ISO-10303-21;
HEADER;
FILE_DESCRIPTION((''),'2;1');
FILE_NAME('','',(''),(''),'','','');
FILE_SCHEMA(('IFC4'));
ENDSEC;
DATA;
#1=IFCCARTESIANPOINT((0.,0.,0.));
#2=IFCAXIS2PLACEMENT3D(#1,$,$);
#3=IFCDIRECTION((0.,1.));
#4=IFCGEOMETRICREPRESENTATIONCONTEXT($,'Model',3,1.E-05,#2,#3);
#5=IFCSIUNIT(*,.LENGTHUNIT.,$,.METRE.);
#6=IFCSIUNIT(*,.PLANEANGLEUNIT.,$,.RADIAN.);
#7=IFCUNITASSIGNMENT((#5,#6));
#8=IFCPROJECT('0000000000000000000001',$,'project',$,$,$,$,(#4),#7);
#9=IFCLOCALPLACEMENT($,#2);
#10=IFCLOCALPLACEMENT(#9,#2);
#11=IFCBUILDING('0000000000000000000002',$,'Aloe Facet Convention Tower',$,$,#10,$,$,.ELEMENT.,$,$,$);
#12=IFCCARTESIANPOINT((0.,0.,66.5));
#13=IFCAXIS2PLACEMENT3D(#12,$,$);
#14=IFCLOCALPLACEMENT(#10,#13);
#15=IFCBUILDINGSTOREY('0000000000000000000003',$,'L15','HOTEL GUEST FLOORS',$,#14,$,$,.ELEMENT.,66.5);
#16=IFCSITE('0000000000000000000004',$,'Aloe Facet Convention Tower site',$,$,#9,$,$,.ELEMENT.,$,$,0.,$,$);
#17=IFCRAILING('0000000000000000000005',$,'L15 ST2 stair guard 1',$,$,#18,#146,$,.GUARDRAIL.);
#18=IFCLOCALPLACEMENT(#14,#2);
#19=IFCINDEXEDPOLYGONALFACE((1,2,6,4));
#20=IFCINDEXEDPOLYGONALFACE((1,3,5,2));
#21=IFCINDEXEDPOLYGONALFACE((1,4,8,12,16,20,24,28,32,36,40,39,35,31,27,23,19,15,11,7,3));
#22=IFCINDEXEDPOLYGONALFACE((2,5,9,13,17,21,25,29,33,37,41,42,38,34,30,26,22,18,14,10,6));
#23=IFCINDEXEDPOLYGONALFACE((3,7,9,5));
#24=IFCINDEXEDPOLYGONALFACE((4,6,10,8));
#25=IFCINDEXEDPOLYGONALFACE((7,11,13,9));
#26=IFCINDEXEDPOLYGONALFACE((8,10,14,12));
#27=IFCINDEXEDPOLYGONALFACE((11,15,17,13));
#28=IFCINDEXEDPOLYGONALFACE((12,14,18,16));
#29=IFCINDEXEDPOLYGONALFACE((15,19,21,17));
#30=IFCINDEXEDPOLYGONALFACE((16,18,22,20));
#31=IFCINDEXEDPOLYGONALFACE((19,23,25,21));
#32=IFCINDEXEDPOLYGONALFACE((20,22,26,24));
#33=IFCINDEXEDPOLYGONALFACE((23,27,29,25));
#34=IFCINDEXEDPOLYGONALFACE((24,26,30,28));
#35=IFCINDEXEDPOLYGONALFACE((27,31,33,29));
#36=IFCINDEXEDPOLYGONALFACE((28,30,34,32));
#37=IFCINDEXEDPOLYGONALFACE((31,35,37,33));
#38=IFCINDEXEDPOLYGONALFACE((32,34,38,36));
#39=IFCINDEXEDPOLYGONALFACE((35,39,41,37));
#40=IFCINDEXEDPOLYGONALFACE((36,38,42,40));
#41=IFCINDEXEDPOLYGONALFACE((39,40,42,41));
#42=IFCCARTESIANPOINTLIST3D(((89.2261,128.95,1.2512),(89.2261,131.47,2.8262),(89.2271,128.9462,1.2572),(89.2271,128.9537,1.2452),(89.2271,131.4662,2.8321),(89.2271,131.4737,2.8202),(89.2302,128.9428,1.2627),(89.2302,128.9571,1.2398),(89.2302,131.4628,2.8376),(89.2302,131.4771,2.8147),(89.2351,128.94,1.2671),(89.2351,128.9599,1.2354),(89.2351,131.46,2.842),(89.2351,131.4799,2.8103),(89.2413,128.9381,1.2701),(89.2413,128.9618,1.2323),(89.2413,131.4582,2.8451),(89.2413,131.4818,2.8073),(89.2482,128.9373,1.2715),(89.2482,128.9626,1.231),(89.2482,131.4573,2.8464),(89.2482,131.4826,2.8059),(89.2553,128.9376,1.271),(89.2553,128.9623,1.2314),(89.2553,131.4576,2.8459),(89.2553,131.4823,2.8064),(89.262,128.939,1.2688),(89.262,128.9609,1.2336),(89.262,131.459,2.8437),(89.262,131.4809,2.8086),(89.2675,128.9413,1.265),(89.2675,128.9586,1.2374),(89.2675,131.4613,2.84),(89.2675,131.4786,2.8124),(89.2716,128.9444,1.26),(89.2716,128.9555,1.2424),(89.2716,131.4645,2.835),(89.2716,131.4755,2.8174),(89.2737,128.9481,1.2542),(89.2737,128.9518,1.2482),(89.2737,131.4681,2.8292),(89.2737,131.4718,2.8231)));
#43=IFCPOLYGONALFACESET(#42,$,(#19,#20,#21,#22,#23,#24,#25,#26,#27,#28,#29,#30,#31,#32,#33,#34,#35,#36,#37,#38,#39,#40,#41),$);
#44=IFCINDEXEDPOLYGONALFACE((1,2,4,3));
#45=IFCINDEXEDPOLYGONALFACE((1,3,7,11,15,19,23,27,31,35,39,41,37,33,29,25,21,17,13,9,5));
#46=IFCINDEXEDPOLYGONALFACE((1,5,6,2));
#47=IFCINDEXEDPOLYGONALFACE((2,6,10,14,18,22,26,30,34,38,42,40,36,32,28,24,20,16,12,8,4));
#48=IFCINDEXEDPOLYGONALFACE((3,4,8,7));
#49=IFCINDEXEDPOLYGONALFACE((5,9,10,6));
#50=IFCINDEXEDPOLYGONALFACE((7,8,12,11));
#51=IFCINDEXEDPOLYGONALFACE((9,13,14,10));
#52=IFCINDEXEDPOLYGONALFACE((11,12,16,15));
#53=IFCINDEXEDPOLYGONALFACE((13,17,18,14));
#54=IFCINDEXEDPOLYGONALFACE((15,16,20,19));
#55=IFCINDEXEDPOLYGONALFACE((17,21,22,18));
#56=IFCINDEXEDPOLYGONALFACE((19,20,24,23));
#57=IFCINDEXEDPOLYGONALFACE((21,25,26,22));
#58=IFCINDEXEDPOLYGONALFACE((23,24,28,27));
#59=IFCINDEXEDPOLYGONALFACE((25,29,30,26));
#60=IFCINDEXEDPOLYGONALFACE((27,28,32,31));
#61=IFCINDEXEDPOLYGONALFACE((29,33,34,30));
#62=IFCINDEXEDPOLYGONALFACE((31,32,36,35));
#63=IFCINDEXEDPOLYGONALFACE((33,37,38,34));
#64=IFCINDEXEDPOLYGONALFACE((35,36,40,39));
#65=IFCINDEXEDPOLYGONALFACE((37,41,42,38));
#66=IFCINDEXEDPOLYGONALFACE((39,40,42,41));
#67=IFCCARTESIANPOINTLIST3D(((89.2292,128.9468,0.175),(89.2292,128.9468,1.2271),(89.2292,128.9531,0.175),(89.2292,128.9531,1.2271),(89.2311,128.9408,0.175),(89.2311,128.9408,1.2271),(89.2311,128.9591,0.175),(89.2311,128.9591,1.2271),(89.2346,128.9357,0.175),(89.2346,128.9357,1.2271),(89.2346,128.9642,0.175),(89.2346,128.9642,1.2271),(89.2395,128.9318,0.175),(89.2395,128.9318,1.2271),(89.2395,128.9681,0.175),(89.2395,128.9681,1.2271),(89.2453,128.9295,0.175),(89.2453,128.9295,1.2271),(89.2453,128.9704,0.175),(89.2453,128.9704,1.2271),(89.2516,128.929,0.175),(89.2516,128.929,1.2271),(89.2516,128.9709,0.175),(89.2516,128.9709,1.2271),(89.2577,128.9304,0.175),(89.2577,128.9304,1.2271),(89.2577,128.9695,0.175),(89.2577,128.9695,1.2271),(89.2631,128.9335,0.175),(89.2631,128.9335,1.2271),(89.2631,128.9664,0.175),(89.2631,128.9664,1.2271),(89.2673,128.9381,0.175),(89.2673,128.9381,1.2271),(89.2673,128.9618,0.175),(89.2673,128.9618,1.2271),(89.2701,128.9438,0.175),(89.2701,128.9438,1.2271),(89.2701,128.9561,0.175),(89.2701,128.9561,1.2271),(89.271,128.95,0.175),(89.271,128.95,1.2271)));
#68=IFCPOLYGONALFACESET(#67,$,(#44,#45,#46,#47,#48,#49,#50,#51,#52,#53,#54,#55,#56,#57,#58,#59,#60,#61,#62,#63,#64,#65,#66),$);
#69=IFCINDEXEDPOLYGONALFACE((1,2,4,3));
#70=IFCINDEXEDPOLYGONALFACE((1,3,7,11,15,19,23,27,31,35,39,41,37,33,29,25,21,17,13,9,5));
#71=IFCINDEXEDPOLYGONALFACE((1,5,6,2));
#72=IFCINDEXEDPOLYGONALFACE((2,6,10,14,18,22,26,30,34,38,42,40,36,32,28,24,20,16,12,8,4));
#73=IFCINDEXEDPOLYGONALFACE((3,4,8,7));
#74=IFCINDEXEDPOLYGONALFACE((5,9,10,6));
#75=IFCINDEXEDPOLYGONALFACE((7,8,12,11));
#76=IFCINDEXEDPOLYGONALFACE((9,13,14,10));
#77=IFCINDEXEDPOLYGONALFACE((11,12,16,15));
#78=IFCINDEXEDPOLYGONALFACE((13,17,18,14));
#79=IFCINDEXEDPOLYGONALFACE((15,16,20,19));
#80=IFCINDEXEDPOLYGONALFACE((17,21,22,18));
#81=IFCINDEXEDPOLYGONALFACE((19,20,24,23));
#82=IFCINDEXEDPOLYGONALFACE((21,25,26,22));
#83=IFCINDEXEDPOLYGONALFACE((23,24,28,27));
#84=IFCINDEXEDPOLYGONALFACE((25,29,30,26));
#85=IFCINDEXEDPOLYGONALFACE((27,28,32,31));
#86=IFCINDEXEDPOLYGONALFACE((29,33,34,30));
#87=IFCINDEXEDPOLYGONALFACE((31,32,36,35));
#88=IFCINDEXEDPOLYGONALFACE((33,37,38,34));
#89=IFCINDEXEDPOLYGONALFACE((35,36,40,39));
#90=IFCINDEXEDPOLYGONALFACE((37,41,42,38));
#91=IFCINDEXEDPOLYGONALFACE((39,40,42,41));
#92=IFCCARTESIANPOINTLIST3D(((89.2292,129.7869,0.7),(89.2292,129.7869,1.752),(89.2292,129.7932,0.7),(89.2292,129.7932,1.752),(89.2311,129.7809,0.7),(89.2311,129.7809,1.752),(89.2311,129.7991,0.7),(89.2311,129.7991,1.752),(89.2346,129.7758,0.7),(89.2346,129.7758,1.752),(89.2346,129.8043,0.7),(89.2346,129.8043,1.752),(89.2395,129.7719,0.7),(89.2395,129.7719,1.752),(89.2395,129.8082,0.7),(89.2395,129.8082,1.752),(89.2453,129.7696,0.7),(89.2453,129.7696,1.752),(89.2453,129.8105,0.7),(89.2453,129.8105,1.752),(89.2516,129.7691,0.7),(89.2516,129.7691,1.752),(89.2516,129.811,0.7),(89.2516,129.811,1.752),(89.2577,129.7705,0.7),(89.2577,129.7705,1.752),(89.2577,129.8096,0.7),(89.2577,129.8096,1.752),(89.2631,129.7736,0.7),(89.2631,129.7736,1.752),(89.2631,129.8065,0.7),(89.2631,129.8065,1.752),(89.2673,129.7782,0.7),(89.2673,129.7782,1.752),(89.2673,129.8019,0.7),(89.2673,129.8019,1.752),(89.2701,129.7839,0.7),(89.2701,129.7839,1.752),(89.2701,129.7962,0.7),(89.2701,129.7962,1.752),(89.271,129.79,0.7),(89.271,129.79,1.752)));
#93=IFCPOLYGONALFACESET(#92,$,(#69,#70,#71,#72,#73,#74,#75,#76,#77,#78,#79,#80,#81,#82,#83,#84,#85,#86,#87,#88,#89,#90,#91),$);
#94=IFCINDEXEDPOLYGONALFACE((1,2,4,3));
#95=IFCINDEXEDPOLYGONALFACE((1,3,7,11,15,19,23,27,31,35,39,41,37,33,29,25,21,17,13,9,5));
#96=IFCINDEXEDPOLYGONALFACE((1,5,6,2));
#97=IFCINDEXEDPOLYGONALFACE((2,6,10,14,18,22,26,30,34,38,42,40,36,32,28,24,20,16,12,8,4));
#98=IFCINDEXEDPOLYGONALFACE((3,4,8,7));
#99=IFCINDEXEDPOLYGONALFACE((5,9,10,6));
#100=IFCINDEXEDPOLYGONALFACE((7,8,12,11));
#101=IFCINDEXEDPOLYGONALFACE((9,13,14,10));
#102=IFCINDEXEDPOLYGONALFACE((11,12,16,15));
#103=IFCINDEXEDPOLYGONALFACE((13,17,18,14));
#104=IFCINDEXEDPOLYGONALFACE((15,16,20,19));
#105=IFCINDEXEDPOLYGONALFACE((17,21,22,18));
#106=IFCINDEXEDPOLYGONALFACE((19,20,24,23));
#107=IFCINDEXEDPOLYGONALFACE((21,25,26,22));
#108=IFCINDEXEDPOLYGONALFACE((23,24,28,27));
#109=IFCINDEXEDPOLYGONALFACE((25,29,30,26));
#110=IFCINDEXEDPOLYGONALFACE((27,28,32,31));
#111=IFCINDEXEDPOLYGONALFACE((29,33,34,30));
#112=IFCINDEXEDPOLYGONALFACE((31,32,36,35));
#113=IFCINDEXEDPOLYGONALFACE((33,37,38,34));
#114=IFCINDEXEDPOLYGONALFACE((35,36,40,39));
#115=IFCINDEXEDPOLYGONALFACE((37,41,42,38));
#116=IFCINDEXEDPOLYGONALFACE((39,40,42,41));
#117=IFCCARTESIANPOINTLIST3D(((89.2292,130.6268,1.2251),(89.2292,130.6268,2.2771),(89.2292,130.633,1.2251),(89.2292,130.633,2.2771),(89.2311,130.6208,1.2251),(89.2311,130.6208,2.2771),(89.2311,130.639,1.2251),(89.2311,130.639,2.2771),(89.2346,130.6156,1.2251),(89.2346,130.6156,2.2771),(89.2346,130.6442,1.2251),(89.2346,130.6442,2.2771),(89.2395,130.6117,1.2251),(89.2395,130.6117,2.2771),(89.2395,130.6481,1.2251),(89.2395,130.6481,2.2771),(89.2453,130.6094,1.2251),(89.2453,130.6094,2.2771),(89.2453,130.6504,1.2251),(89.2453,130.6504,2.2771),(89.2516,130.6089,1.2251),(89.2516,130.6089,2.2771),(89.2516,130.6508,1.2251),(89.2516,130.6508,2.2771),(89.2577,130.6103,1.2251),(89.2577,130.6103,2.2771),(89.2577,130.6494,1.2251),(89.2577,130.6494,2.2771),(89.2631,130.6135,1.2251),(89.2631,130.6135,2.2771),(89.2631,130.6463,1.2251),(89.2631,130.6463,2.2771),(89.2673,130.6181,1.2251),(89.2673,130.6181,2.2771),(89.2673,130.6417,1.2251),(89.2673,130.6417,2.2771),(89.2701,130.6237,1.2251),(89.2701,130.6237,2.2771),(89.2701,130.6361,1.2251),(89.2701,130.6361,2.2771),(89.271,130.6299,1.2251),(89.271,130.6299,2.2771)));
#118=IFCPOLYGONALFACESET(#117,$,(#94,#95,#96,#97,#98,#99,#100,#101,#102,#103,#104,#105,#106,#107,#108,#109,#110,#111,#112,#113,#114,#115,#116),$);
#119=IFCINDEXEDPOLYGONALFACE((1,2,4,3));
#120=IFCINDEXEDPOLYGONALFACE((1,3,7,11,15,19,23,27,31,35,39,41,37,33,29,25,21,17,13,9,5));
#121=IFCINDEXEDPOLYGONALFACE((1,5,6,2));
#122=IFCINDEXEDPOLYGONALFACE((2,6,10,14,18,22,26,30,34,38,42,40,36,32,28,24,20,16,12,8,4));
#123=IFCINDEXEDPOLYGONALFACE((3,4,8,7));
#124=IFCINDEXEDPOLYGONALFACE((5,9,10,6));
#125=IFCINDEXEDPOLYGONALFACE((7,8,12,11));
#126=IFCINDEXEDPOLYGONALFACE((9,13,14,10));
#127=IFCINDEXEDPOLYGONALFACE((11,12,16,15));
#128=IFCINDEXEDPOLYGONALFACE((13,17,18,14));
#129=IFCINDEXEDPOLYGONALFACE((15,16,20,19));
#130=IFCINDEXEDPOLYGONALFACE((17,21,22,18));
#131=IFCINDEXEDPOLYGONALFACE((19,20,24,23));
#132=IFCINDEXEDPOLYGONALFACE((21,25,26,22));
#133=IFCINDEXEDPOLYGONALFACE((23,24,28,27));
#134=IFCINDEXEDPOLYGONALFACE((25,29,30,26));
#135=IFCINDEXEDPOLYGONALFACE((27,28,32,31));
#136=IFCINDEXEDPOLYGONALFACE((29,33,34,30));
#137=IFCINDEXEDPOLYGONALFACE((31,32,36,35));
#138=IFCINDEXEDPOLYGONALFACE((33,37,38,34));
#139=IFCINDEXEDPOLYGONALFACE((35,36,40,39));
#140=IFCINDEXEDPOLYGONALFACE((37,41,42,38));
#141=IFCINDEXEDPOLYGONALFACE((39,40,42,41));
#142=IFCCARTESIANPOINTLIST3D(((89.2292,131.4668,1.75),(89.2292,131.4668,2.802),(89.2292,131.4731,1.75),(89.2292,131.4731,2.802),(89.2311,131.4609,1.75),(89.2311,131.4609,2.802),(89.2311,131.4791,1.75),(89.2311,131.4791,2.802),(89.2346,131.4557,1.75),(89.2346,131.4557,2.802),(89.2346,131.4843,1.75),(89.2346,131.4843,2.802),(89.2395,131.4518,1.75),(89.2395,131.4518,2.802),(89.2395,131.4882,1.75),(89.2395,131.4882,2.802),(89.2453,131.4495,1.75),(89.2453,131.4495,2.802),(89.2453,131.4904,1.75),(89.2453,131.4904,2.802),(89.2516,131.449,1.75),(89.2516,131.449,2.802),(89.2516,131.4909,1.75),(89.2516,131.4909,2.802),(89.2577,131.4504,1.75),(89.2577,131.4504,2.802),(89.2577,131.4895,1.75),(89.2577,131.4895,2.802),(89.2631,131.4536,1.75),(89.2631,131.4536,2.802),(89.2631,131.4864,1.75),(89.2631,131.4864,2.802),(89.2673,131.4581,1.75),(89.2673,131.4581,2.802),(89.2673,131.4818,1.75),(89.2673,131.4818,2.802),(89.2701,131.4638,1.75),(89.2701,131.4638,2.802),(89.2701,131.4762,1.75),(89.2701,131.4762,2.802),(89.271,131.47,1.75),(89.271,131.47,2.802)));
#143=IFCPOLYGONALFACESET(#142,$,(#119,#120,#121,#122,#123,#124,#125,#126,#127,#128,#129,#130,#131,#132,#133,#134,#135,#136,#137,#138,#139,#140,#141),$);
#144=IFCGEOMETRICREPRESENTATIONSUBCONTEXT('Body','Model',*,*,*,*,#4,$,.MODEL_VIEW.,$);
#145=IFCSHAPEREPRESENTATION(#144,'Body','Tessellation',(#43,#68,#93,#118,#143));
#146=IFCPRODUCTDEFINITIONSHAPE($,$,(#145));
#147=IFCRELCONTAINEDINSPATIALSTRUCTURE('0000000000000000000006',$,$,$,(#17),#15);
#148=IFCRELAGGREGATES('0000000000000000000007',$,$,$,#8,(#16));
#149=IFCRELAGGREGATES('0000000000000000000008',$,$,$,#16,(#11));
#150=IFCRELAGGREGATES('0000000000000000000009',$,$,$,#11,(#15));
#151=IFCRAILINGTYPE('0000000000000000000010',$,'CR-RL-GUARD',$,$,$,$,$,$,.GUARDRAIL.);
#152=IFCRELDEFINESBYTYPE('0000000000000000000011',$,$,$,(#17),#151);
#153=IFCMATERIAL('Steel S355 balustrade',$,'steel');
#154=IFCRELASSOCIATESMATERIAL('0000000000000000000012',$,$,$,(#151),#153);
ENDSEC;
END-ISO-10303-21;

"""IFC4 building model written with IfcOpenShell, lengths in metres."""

from ifc_helpers import new_model, si_unit, direction, frame, origin, origin_2d, place, context, subcontext, project, spatial, circle, extrude, material, type_object, element, save


model = new_model("IFC4")

# Units and contexts
model_context = context("Model", 3, precision=1e-05, world=origin(), true_north=direction((0.0, 1.0)))
body_context = subcontext(model_context, "Body", "Model", "MODEL_VIEW")
ifc_project = project(units=[si_unit("LENGTHUNIT", "METRE"), si_unit("PLANEANGLEUNIT", "RADIAN")], contexts=[model_context])

# Site, building, storey
site_placement = place(None, origin())
site = spatial("IfcSite", under=ifc_project, at=site_placement, Name="Aloe Facet Convention Tower site", CompositionType="ELEMENT", RefElevation=0.0)
building_placement = place(site_placement, origin())
building = spatial("IfcBuilding", under=site, at=building_placement, Name="Aloe Facet Convention Tower", CompositionType="ELEMENT")
storey_placement = place(building_placement, frame((0.0, 0.0, 66.5)))
storey = spatial("IfcBuildingStorey", under=building, at=storey_placement, Name="L15", Description="HOTEL GUEST FLOORS", CompositionType="ELEMENT", Elevation=66.5)

# Railing
ifc_material_1 = material(Name="Steel S355 balustrade", Category="steel")
railing_type_1 = type_object("IfcRailingType", Name="CR-RL-GUARD", PredefinedType="GUARDRAIL", material=ifc_material_1)
railing_1_placement = place(storey_placement, frame((89.25, 128.95, 0.175)))
element("IfcRailing", 1, at=railing_1_placement, inside=storey, type_object=railing_type_1, Name="L15 ST2 stair guard 1", PredefinedType="GUARDRAIL", context=body_context, shape_type="SweptSolid", body=[
    extrude(circle(Radius=0.0239, at=origin_2d()), frame((0.0, 0.0, 1.0762), z_axis=(0.0, 0.848008, 0.529984), x_axis=(-1.0, 0.0, 0.0)), (0.0, 0.0, 1.0), 2.9717),
    extrude(circle(Radius=0.021, at=origin_2d()), origin(), (0.0, 0.0, 1.0), 1.052),
    extrude(circle(Radius=0.021, at=origin_2d()), frame((0.0, 0.8401, 0.5249)), (0.0, 0.0, 1.0), 1.052),
    extrude(circle(Radius=0.021, at=origin_2d()), frame((0.0, 1.6799, 1.05)), (0.0, 0.0, 1.0), 1.052),
    extrude(circle(Radius=0.021, at=origin_2d()), frame((0.0, 2.52, 1.575)), (0.0, 0.0, 1.0), 1.052),
])

save(model, "model.ifc")
